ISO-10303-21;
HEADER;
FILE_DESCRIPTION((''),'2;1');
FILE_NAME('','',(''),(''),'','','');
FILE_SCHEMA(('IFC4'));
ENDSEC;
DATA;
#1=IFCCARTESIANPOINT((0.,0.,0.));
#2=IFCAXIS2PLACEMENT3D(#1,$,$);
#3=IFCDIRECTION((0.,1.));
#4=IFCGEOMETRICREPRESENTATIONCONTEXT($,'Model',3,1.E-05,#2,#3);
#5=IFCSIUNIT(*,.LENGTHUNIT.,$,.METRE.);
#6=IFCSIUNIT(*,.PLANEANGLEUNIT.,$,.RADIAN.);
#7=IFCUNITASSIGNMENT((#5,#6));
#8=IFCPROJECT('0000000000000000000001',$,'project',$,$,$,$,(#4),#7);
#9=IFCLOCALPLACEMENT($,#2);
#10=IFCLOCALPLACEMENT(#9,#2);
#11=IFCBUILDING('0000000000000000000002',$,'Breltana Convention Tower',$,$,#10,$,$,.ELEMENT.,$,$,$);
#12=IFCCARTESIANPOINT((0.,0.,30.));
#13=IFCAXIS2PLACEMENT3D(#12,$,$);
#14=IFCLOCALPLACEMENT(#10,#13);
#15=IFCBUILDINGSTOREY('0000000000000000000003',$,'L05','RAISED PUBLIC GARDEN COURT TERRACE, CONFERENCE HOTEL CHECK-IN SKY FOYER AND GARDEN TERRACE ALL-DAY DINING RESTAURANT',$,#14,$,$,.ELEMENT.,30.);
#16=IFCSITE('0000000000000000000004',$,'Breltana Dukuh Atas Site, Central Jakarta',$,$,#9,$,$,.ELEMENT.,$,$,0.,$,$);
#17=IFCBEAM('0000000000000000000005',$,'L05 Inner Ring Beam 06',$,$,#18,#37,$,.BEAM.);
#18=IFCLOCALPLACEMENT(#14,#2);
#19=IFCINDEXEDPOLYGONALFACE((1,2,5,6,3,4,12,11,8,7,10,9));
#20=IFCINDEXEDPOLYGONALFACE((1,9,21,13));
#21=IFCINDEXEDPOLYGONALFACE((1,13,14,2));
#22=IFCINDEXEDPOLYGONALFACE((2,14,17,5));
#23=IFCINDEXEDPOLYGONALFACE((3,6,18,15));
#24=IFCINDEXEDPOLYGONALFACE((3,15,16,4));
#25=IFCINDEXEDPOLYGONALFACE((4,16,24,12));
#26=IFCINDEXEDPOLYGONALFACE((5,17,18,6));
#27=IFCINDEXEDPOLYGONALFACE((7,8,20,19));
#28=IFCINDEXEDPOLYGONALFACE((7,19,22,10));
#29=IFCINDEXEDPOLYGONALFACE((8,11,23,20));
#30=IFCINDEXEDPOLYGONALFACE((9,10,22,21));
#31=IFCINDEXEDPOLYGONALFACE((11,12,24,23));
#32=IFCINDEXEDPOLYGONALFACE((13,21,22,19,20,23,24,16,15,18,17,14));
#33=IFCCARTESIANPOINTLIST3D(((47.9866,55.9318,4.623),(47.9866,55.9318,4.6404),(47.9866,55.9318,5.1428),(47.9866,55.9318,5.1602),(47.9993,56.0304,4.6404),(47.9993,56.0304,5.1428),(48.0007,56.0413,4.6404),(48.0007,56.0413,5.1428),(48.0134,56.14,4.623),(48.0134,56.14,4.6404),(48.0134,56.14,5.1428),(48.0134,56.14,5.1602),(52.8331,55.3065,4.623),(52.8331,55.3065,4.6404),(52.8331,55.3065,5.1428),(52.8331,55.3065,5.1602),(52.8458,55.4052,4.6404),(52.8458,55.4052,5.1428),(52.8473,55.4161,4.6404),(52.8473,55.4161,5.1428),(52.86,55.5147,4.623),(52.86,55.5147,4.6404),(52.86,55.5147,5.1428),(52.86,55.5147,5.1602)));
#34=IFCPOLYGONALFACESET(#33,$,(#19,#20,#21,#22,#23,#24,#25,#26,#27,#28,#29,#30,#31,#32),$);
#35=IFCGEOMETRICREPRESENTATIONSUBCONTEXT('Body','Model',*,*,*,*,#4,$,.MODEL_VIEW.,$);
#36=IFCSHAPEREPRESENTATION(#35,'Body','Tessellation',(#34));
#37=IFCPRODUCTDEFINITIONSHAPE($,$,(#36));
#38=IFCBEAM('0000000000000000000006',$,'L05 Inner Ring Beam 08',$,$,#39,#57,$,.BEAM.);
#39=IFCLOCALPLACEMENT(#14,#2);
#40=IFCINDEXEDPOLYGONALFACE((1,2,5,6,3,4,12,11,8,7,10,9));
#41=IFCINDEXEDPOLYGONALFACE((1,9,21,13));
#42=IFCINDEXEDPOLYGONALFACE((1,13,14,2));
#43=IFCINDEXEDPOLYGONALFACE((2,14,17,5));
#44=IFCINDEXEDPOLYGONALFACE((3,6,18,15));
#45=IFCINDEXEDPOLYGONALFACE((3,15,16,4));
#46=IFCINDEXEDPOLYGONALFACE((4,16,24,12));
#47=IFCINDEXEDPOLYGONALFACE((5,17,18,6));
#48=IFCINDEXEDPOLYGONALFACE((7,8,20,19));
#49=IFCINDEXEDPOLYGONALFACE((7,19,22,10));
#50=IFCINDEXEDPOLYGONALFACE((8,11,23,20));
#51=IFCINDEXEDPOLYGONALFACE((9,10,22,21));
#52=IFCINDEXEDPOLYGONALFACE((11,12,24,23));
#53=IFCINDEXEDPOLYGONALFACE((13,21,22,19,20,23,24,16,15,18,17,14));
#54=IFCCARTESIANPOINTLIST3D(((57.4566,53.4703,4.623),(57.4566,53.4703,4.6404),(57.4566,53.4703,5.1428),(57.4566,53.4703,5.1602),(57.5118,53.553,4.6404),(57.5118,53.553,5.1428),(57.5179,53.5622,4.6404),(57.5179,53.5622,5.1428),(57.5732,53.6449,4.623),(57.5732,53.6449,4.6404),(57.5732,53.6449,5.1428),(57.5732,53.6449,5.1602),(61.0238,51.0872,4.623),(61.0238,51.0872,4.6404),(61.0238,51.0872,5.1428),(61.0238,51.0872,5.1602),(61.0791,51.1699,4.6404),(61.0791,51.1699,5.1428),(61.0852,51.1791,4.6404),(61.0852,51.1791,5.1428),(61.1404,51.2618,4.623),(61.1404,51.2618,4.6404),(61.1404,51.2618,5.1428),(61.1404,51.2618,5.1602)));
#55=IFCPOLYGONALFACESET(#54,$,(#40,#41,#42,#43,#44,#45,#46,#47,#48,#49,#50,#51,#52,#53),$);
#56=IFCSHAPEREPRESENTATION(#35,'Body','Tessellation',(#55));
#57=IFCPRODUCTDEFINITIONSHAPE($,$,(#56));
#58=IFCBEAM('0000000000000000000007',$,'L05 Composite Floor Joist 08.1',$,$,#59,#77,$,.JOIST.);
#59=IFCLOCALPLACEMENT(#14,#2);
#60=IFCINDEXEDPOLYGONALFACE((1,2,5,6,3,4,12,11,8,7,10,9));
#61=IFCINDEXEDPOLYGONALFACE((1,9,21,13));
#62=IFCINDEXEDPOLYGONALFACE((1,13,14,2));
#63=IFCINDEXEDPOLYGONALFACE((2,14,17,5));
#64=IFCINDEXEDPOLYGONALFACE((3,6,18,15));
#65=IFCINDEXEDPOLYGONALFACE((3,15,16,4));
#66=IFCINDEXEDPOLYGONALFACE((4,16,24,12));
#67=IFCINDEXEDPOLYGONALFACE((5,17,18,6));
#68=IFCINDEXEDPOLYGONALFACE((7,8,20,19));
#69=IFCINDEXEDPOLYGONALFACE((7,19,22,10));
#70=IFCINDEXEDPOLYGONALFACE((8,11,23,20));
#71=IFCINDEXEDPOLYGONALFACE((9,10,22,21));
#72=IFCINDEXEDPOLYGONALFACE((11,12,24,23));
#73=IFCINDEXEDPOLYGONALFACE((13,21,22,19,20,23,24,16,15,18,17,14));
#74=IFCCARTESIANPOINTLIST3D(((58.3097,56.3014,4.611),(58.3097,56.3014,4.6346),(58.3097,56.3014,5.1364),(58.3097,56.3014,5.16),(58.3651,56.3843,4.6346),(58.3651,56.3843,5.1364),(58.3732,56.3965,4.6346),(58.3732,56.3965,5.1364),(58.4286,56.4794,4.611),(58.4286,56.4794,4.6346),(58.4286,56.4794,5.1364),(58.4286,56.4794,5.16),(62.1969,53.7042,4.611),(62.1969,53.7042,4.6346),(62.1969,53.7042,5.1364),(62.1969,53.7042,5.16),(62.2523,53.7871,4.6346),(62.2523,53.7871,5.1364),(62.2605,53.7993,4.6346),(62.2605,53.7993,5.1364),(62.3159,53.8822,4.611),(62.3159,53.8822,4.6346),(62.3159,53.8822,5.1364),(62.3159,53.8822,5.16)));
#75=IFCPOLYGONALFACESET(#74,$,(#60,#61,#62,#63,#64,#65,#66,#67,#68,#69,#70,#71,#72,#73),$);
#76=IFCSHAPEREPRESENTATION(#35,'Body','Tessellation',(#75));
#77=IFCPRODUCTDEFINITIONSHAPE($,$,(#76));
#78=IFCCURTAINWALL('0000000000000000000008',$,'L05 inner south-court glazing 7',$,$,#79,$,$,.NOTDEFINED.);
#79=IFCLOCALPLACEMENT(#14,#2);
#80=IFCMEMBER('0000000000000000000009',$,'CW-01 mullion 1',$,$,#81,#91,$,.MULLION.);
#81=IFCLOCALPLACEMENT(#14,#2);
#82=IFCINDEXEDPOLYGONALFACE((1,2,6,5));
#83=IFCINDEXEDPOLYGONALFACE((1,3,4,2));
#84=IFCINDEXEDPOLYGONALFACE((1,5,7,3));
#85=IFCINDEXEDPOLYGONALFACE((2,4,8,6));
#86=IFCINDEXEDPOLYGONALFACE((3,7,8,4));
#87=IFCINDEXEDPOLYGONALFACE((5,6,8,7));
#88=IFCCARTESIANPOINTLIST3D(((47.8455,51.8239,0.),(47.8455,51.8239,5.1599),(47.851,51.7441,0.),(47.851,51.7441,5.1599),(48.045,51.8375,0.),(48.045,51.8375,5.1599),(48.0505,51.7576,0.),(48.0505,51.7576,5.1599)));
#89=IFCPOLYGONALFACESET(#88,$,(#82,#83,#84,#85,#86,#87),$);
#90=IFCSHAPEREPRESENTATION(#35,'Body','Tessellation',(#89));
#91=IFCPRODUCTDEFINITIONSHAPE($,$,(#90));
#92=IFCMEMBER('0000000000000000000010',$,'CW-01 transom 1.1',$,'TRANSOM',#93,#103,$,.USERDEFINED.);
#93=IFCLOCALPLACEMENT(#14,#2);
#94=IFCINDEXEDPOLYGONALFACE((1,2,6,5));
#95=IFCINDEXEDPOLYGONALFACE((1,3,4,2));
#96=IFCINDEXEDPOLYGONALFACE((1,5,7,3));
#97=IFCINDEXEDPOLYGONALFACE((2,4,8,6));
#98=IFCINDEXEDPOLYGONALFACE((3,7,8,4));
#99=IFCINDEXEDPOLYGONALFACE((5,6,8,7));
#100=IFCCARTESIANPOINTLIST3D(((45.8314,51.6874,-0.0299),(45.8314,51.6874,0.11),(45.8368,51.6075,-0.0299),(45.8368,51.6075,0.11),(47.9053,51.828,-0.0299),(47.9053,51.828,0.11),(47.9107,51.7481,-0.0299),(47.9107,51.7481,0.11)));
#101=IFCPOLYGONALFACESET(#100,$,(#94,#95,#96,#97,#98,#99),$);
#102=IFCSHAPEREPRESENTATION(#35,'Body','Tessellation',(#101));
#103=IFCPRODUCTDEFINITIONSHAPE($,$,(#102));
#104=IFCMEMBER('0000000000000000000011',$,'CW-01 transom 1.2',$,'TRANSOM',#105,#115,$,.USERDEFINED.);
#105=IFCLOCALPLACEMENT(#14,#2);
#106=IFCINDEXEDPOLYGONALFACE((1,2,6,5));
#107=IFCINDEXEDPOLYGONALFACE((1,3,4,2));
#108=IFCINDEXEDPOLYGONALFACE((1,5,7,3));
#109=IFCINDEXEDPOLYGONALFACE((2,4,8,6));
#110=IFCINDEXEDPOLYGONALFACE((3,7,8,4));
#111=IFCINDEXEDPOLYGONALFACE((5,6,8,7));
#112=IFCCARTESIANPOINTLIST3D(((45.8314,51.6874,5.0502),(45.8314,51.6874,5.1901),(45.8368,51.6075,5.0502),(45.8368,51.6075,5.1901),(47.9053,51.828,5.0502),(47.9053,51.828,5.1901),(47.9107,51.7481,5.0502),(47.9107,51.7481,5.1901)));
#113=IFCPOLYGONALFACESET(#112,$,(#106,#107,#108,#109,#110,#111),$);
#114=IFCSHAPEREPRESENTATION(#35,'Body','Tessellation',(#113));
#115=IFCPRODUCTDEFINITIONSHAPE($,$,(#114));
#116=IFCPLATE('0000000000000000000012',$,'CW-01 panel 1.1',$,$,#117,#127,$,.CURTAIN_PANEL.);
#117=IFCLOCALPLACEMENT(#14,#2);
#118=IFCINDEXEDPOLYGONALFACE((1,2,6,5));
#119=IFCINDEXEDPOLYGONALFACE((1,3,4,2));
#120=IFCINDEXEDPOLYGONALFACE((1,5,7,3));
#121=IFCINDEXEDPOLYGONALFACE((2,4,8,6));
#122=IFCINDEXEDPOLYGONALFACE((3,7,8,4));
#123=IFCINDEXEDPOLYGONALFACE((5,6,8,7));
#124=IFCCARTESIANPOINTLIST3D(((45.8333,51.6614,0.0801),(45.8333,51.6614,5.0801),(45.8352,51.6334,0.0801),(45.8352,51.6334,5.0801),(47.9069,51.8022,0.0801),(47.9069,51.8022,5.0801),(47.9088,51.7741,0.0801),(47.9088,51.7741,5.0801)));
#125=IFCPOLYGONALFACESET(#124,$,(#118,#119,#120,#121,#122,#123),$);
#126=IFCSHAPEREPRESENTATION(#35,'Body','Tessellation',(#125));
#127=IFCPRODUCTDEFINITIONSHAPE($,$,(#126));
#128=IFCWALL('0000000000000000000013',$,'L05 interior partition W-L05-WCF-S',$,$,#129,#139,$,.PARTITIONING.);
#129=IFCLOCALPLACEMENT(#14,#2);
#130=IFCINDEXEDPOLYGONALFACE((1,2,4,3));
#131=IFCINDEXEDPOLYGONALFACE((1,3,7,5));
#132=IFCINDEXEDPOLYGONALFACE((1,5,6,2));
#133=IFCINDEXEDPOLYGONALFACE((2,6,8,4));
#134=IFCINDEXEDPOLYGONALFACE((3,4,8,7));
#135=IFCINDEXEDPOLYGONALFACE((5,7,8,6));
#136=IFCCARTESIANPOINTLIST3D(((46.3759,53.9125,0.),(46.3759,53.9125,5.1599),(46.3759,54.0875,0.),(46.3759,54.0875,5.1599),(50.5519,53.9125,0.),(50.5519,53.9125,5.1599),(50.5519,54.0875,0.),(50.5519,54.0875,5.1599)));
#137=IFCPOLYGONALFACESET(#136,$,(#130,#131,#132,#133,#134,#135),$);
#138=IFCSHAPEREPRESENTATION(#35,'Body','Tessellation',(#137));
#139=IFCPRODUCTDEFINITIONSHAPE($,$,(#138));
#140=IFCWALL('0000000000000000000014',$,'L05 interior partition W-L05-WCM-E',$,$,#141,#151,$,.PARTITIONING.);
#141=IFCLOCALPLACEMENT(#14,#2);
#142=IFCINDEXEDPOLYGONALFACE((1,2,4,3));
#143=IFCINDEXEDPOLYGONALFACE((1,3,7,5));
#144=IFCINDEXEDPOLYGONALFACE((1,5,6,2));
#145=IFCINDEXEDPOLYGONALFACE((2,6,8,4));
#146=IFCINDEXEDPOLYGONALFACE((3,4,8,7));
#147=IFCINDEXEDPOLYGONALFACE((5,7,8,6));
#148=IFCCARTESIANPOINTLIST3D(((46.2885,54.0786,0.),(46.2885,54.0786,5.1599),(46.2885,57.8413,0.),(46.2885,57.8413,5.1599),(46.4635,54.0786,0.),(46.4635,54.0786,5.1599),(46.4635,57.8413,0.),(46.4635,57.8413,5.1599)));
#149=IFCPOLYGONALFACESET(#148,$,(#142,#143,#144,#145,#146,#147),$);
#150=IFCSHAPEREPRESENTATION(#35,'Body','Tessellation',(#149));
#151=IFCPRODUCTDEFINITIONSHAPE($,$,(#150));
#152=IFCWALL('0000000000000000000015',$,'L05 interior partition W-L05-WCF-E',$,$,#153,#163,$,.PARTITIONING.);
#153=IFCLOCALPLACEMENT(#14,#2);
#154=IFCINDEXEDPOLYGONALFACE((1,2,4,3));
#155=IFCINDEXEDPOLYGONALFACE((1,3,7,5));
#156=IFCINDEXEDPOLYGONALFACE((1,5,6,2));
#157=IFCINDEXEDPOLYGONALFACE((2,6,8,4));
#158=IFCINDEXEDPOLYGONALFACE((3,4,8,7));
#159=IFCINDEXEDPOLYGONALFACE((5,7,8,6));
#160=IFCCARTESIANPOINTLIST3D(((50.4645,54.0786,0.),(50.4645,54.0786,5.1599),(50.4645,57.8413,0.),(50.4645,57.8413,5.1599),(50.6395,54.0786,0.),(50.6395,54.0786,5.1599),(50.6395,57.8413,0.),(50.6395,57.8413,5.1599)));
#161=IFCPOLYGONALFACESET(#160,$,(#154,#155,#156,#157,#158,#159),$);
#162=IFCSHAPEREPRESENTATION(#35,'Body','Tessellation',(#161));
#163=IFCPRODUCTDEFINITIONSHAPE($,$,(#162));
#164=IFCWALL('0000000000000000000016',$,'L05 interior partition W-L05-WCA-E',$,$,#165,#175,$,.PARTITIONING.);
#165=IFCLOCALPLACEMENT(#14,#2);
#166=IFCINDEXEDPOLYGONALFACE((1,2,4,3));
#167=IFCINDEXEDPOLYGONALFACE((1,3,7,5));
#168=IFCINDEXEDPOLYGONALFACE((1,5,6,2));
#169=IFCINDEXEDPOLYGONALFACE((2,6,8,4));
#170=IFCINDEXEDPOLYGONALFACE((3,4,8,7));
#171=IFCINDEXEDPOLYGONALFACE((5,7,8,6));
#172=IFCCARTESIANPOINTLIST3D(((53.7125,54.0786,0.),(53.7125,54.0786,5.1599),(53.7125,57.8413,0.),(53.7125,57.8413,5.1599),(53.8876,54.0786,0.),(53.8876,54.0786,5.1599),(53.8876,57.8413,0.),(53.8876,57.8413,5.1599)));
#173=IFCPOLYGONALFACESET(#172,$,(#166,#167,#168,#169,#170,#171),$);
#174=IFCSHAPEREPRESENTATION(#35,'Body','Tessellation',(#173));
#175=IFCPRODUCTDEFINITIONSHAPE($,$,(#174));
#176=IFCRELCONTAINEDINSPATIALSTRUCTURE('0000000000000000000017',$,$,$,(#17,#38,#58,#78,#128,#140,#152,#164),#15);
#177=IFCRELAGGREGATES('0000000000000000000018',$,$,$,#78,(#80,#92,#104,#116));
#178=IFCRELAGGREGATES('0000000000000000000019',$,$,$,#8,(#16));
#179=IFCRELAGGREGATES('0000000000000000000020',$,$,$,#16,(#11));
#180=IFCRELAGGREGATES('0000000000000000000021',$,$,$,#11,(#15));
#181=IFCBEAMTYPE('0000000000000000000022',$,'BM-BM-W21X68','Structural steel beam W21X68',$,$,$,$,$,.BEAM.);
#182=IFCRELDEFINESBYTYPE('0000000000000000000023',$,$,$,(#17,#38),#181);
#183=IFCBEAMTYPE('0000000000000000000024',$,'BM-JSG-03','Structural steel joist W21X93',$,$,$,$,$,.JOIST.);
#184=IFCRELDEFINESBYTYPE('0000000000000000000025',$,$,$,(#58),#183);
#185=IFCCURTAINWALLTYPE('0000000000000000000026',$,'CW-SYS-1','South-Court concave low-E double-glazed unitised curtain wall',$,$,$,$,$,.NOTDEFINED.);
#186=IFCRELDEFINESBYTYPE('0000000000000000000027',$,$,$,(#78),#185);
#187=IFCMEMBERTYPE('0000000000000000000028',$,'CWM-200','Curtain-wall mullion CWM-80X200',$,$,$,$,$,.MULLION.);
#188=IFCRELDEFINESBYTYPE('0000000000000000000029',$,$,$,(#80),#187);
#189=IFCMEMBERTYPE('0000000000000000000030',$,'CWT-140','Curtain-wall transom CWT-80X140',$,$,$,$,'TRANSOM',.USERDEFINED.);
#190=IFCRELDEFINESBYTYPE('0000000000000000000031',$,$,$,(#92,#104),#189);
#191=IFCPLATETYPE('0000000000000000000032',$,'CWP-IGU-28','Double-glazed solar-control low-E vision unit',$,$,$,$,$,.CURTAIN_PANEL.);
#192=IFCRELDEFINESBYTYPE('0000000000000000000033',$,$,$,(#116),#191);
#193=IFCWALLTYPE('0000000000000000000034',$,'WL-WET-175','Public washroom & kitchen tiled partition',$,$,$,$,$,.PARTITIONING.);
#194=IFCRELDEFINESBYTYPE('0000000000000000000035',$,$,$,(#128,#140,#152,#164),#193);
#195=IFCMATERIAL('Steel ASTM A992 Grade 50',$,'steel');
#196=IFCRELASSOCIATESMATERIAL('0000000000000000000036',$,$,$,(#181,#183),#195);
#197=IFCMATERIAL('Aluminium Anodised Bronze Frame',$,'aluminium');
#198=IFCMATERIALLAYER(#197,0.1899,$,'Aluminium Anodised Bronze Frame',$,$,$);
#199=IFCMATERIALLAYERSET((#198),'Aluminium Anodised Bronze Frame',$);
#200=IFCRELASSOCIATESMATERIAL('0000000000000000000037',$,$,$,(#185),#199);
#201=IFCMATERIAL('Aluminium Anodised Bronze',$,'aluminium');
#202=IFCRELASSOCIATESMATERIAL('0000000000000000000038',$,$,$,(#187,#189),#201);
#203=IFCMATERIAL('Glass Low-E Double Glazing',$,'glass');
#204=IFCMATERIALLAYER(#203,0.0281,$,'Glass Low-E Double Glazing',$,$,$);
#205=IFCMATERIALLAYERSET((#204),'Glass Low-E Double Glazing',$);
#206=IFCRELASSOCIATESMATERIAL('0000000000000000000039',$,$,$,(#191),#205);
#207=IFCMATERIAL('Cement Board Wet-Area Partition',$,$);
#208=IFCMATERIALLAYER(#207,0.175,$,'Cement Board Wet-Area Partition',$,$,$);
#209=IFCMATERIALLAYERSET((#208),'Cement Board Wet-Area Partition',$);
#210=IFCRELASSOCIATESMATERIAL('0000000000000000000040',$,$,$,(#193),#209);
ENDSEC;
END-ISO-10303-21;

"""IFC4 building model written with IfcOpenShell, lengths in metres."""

from ifc_helpers import new_model, si_unit, direction, frame, frame_2d, origin, origin_2d, place, context, subcontext, project, spatial, rectangle, i_section, extrude, source, transform, mapped, material, layer, layer_set, material_profile, profile_set, type_object, type_shapes, element, aggregate, save


model = new_model("IFC4")

# Units and contexts
model_context = context("Model", 3, precision=1e-05, world=origin(), true_north=direction((0.0, 1.0)))
body_context = subcontext(model_context, "Body", "Model", "MODEL_VIEW")
ifc_project = project(units=[si_unit("LENGTHUNIT", "METRE"), si_unit("PLANEANGLEUNIT", "RADIAN")], contexts=[model_context])

# Site, building, storey
site_placement = place(None, origin())
site = spatial("IfcSite", under=ifc_project, at=site_placement, Name="Breltana Dukuh Atas Site, Central Jakarta", CompositionType="ELEMENT", RefElevation=0.0)
building_placement = place(site_placement, origin())
building = spatial("IfcBuilding", under=site, at=building_placement, Name="Breltana Convention Tower", CompositionType="ELEMENT")
storey_placement = place(building_placement, frame((0.0, 0.0, 30.0)))
storey = spatial("IfcBuildingStorey", under=building, at=storey_placement, Name="L05", Description="RAISED PUBLIC GARDEN COURT TERRACE, CONFERENCE HOTEL CHECK-IN SKY FOYER AND GARDEN TERRACE ALL-DAY DINING RESTAURANT", CompositionType="ELEMENT", Elevation=30.0)

# Beams
ifc_material_1 = material(Name="Steel ASTM A992 Grade 50", Category="steel")
ifc_material_profile_1 = material_profile(ifc_material_1, i_section(OverallWidth=0.21, OverallDepth=0.5371, WebThickness=0.011, FlangeThickness=0.0173, at=origin_2d()), Name="W21X68")
ifc_profile_set_1 = profile_set([ifc_material_profile_1], Name="Steel ASTM A992 Grade 50")
beam_type_1 = type_object("IfcBeamType", Name="BM-BM-W21X68", Description="Structural steel beam W21X68", PredefinedType="BEAM", material=ifc_profile_set_1)
shared_shape_1 = source(origin(), body_context, "Body", "SweptSolid", [
    extrude(i_section(OverallWidth=0.21, OverallDepth=0.5371, WebThickness=0.011, FlangeThickness=0.0173, at=origin_2d()), origin(), (0.0, 0.0, 1.0), 4.8867),
])
beam_1_placement = place(storey_placement, frame((48.0, 56.0359, 4.8916), z_axis=(0.991781, -0.127951, 0.0), x_axis=(0.127951, 0.991781, 0.0)))
element("IfcBeam", 1, at=beam_1_placement, inside=storey, type_object=beam_type_1, Name="L05 Inner Ring Beam 06", PredefinedType="BEAM", context=body_context, shape_type="MappedRepresentation", body=[
    mapped(shared_shape_1, transform((0.0, 0.0, 0.0), scale=1.0)),
])
shared_shape_2 = source(origin(), body_context, "Body", "SweptSolid", [
    extrude(i_section(OverallWidth=0.21, OverallDepth=0.5371, WebThickness=0.011, FlangeThickness=0.0173, at=origin_2d()), origin(), (0.0, 0.0, 1.0), 4.29),
])
beam_2_placement = place(storey_placement, frame((57.5149, 53.5576, 4.8916), z_axis=(0.831516, -0.555501, 0.0), x_axis=(0.555501, 0.831516, 0.0)))
element("IfcBeam", 2, at=beam_2_placement, inside=storey, type_object=beam_type_1, Name="L05 Inner Ring Beam 08", PredefinedType="BEAM", context=body_context, shape_type="MappedRepresentation", body=[
    mapped(shared_shape_2, transform((0.0, 0.0, 0.0), scale=1.0)),
])
ifc_material_profile_2 = material_profile(ifc_material_1, i_section(OverallWidth=0.2141, OverallDepth=0.5491, WebThickness=0.0146, FlangeThickness=0.0237, at=origin_2d()), Name="W21X93")
ifc_profile_set_2 = profile_set([ifc_material_profile_2], Name="Steel ASTM A992 Grade 50")
beam_type_2 = type_object("IfcBeamType", Name="BM-JSG-03", Description="Structural steel joist W21X93", PredefinedType="JOIST", material=ifc_profile_set_2)
shared_shape_3 = source(origin(), body_context, "Body", "SweptSolid", [
    extrude(i_section(OverallWidth=0.2141, OverallDepth=0.5491, WebThickness=0.0146, FlangeThickness=0.0237, at=origin_2d()), origin(), (0.0, 0.0, 1.0), 4.675),
])
beam_3_placement = place(storey_placement, frame((58.3691, 56.3904, 4.8855), z_axis=(0.831487, -0.555544, 0.0), x_axis=(0.555544, 0.831487, 0.0)))
element("IfcBeam", 3, at=beam_3_placement, inside=storey, type_object=beam_type_2, Name="L05 Composite Floor Joist 08.1", PredefinedType="JOIST", context=body_context, shape_type="MappedRepresentation", body=[
    mapped(shared_shape_3, transform((0.0, 0.0, 0.0), scale=1.0)),
])

# Curtain wall, members, plate
ifc_material_2 = material(Name="Aluminium Anodised Bronze Frame", Category="aluminium")
ifc_layer_1 = layer(ifc_material_2, 0.1899, Name="Aluminium Anodised Bronze Frame")
ifc_layer_set_1 = layer_set([ifc_layer_1], Name="Aluminium Anodised Bronze Frame")
curtain_wall_type = type_object("IfcCurtainWallType", Name="CW-SYS-1", Description="South-Court concave low-E double-glazed unitised curtain wall", PredefinedType="NOTDEFINED", material=ifc_layer_set_1)
curtain_wall_placement = place(storey_placement, origin())
curtain_wall = element("IfcCurtainWall", 4, at=curtain_wall_placement, inside=storey, type_object=curtain_wall_type, Name="L05 inner south-court glazing 7", PredefinedType="NOTDEFINED")
ifc_material_3 = material(Name="Aluminium Anodised Bronze", Category="aluminium")
ifc_material_profile_3 = material_profile(ifc_material_3, rectangle(XDim=0.0801, YDim=0.2, at=origin_2d()), Name="CWM-80X200")
ifc_profile_set_3 = profile_set([ifc_material_profile_3], Name="Aluminium Anodised Bronze")
member_type_1 = type_object("IfcMemberType", Name="CWM-200", Description="Curtain-wall mullion CWM-80X200", PredefinedType="MULLION", material=ifc_profile_set_3)
shared_shape_4 = source(origin(), body_context, "Body", "SweptSolid", [
    extrude(rectangle(XDim=0.0801, YDim=0.2, at=origin_2d()), origin(), (0.0, 0.0, 1.0), 5.1599),
])
type_shapes(member_type_1, [shared_shape_4])
member_1_placement = place(storey_placement, frame((47.948, 51.7908, 0.0), z_axis=(0.0, 0.0, 1.0), x_axis=(0.067726, -0.997704, 0.0)))
member_1 = element("IfcMember", 5, at=member_1_placement, type_object=member_type_1, Name="CW-01 mullion 1", PredefinedType="MULLION", context=body_context, shape_type="MappedRepresentation", body=[
    mapped(shared_shape_4, transform((0.0, 0.0, 0.0), scale=1.0)),
])
ifc_material_profile_4 = material_profile(ifc_material_3, rectangle(XDim=0.0801, YDim=0.1399, at=origin_2d()), Name="CWT-80X140")
ifc_profile_set_4 = profile_set([ifc_material_profile_4], Name="Aluminium Anodised Bronze")
member_type_2 = type_object("IfcMemberType", Name="CWT-140", Description="Curtain-wall transom CWT-80X140", ElementType="TRANSOM", PredefinedType="USERDEFINED", material=ifc_profile_set_4)
shared_shape_5 = source(origin(), body_context, "Body", "SweptSolid", [
    extrude(rectangle(XDim=0.0801, YDim=0.1399, at=origin_2d()), origin(), (0.0, 0.0, 1.0), 2.0786),
])
member_2_placement = place(storey_placement, frame((47.908, 51.7881, 0.04), z_axis=(-0.997709, -0.067657, 0.0), x_axis=(0.067657, -0.997709, 0.0)))
member_2 = element("IfcMember", 6, at=member_2_placement, type_object=member_type_2, Name="CW-01 transom 1.1", ObjectType="TRANSOM", PredefinedType="USERDEFINED", context=body_context, shape_type="MappedRepresentation", body=[
    mapped(shared_shape_5, transform((0.0, 0.0, 0.0), scale=1.0)),
])
member_3_placement = place(storey_placement, frame((47.908, 51.7881, 5.1201), z_axis=(-0.997709, -0.067657, 0.0), x_axis=(0.067657, -0.997709, 0.0)))
member_3 = element("IfcMember", 7, at=member_3_placement, type_object=member_type_2, Name="CW-01 transom 1.2", ObjectType="TRANSOM", PredefinedType="USERDEFINED", context=body_context, shape_type="MappedRepresentation", body=[
    mapped(shared_shape_5, transform((0.0, 0.0, 0.0), scale=1.0)),
])
ifc_material_4 = material(Name="Glass Low-E Double Glazing", Category="glass")
ifc_layer_2 = layer(ifc_material_4, 0.0281, Name="Glass Low-E Double Glazing")
ifc_layer_set_2 = layer_set([ifc_layer_2], Name="Glass Low-E Double Glazing")
plate_type = type_object("IfcPlateType", Name="CWP-IGU-28", Description="Double-glazed solar-control low-E vision unit", PredefinedType="CURTAIN_PANEL", material=ifc_layer_set_2)
shared_shape_6 = source(origin(), body_context, "Body", "SweptSolid", [
    extrude(rectangle(XDim=2.0784, YDim=0.0281, at=origin_2d()), origin(), (0.0, 0.0, 1.0), 5.0),
])
plate_placement = place(storey_placement, frame((46.8711, 51.7178, 0.0801), z_axis=(0.0, 0.0, 1.0), x_axis=(-0.997704, -0.067726, 0.0)))
plate = element("IfcPlate", 8, at=plate_placement, type_object=plate_type, Name="CW-01 panel 1.1", PredefinedType="CURTAIN_PANEL", context=body_context, shape_type="MappedRepresentation", body=[
    mapped(shared_shape_6, transform((0.0, 0.0, 0.0), scale=1.0)),
])
aggregate(curtain_wall, [member_1, member_2, member_3, plate])

# Walls
ifc_material_5 = material(Name="Cement Board Wet-Area Partition")
ifc_layer_3 = layer(ifc_material_5, 0.175, Name="Cement Board Wet-Area Partition")
ifc_layer_set_3 = layer_set([ifc_layer_3], Name="Cement Board Wet-Area Partition")
wall_type_1 = type_object("IfcWallType", Name="WL-WET-175", Description="Public washroom & kitchen tiled partition", PredefinedType="PARTITIONING", material=ifc_layer_set_3)
shared_shape_7 = source(origin(), body_context, "Body", "SweptSolid", [
    extrude(rectangle(XDim=4.176, YDim=0.175, at=frame_2d((2.0879, 0.0))), origin(), (0.0, 0.0, 1.0), 5.1599),
])
wall_1_placement = place(storey_placement, frame((46.376, 54.0, 0.0), z_axis=(0.0, 0.0, 1.0), x_axis=(1.0, 0.0, 0.0)))
element("IfcWall", 9, at=wall_1_placement, inside=storey, type_object=wall_type_1, Name="L05 interior partition W-L05-WCF-S", PredefinedType="PARTITIONING", context=body_context, shape_type="MappedRepresentation", body=[
    mapped(shared_shape_7, transform((0.0, 0.0, 0.0), scale=1.0)),
])
shared_shape_8 = source(origin(), body_context, "Body", "SweptSolid", [
    extrude(rectangle(XDim=3.7627, YDim=0.175, at=frame_2d((1.8813, 0.0))), origin(), (0.0, 0.0, 1.0), 5.1599),
])
for number, where, z_axis, x_axis, name in (
    (10, (46.376, 54.0786, 0.0), (0.0, 0.0, 1.0), (0.0, 1.0, 0.0), "L05 interior partition W-L05-WCM-E"),
    (11, (50.552, 54.0786, 0.0), (0.0, 0.0, 1.0), (0.0, 1.0, 0.0), "L05 interior partition W-L05-WCF-E"),
    (12, (53.8, 54.0786, 0.0), (0.0, 0.0, 1.0), (0.0, 1.0, 0.0), "L05 interior partition W-L05-WCA-E"),
):
    element("IfcWall", number, at=place(storey_placement, frame(where, z_axis=z_axis, x_axis=x_axis)), inside=storey, type_object=wall_type_1, Name=name, PredefinedType="PARTITIONING", context=body_context, shape_type="MappedRepresentation", body=[
        mapped(shared_shape_8, transform((0.0, 0.0, 0.0), scale=1.0)),
    ])

save(model, "model.ifc")
